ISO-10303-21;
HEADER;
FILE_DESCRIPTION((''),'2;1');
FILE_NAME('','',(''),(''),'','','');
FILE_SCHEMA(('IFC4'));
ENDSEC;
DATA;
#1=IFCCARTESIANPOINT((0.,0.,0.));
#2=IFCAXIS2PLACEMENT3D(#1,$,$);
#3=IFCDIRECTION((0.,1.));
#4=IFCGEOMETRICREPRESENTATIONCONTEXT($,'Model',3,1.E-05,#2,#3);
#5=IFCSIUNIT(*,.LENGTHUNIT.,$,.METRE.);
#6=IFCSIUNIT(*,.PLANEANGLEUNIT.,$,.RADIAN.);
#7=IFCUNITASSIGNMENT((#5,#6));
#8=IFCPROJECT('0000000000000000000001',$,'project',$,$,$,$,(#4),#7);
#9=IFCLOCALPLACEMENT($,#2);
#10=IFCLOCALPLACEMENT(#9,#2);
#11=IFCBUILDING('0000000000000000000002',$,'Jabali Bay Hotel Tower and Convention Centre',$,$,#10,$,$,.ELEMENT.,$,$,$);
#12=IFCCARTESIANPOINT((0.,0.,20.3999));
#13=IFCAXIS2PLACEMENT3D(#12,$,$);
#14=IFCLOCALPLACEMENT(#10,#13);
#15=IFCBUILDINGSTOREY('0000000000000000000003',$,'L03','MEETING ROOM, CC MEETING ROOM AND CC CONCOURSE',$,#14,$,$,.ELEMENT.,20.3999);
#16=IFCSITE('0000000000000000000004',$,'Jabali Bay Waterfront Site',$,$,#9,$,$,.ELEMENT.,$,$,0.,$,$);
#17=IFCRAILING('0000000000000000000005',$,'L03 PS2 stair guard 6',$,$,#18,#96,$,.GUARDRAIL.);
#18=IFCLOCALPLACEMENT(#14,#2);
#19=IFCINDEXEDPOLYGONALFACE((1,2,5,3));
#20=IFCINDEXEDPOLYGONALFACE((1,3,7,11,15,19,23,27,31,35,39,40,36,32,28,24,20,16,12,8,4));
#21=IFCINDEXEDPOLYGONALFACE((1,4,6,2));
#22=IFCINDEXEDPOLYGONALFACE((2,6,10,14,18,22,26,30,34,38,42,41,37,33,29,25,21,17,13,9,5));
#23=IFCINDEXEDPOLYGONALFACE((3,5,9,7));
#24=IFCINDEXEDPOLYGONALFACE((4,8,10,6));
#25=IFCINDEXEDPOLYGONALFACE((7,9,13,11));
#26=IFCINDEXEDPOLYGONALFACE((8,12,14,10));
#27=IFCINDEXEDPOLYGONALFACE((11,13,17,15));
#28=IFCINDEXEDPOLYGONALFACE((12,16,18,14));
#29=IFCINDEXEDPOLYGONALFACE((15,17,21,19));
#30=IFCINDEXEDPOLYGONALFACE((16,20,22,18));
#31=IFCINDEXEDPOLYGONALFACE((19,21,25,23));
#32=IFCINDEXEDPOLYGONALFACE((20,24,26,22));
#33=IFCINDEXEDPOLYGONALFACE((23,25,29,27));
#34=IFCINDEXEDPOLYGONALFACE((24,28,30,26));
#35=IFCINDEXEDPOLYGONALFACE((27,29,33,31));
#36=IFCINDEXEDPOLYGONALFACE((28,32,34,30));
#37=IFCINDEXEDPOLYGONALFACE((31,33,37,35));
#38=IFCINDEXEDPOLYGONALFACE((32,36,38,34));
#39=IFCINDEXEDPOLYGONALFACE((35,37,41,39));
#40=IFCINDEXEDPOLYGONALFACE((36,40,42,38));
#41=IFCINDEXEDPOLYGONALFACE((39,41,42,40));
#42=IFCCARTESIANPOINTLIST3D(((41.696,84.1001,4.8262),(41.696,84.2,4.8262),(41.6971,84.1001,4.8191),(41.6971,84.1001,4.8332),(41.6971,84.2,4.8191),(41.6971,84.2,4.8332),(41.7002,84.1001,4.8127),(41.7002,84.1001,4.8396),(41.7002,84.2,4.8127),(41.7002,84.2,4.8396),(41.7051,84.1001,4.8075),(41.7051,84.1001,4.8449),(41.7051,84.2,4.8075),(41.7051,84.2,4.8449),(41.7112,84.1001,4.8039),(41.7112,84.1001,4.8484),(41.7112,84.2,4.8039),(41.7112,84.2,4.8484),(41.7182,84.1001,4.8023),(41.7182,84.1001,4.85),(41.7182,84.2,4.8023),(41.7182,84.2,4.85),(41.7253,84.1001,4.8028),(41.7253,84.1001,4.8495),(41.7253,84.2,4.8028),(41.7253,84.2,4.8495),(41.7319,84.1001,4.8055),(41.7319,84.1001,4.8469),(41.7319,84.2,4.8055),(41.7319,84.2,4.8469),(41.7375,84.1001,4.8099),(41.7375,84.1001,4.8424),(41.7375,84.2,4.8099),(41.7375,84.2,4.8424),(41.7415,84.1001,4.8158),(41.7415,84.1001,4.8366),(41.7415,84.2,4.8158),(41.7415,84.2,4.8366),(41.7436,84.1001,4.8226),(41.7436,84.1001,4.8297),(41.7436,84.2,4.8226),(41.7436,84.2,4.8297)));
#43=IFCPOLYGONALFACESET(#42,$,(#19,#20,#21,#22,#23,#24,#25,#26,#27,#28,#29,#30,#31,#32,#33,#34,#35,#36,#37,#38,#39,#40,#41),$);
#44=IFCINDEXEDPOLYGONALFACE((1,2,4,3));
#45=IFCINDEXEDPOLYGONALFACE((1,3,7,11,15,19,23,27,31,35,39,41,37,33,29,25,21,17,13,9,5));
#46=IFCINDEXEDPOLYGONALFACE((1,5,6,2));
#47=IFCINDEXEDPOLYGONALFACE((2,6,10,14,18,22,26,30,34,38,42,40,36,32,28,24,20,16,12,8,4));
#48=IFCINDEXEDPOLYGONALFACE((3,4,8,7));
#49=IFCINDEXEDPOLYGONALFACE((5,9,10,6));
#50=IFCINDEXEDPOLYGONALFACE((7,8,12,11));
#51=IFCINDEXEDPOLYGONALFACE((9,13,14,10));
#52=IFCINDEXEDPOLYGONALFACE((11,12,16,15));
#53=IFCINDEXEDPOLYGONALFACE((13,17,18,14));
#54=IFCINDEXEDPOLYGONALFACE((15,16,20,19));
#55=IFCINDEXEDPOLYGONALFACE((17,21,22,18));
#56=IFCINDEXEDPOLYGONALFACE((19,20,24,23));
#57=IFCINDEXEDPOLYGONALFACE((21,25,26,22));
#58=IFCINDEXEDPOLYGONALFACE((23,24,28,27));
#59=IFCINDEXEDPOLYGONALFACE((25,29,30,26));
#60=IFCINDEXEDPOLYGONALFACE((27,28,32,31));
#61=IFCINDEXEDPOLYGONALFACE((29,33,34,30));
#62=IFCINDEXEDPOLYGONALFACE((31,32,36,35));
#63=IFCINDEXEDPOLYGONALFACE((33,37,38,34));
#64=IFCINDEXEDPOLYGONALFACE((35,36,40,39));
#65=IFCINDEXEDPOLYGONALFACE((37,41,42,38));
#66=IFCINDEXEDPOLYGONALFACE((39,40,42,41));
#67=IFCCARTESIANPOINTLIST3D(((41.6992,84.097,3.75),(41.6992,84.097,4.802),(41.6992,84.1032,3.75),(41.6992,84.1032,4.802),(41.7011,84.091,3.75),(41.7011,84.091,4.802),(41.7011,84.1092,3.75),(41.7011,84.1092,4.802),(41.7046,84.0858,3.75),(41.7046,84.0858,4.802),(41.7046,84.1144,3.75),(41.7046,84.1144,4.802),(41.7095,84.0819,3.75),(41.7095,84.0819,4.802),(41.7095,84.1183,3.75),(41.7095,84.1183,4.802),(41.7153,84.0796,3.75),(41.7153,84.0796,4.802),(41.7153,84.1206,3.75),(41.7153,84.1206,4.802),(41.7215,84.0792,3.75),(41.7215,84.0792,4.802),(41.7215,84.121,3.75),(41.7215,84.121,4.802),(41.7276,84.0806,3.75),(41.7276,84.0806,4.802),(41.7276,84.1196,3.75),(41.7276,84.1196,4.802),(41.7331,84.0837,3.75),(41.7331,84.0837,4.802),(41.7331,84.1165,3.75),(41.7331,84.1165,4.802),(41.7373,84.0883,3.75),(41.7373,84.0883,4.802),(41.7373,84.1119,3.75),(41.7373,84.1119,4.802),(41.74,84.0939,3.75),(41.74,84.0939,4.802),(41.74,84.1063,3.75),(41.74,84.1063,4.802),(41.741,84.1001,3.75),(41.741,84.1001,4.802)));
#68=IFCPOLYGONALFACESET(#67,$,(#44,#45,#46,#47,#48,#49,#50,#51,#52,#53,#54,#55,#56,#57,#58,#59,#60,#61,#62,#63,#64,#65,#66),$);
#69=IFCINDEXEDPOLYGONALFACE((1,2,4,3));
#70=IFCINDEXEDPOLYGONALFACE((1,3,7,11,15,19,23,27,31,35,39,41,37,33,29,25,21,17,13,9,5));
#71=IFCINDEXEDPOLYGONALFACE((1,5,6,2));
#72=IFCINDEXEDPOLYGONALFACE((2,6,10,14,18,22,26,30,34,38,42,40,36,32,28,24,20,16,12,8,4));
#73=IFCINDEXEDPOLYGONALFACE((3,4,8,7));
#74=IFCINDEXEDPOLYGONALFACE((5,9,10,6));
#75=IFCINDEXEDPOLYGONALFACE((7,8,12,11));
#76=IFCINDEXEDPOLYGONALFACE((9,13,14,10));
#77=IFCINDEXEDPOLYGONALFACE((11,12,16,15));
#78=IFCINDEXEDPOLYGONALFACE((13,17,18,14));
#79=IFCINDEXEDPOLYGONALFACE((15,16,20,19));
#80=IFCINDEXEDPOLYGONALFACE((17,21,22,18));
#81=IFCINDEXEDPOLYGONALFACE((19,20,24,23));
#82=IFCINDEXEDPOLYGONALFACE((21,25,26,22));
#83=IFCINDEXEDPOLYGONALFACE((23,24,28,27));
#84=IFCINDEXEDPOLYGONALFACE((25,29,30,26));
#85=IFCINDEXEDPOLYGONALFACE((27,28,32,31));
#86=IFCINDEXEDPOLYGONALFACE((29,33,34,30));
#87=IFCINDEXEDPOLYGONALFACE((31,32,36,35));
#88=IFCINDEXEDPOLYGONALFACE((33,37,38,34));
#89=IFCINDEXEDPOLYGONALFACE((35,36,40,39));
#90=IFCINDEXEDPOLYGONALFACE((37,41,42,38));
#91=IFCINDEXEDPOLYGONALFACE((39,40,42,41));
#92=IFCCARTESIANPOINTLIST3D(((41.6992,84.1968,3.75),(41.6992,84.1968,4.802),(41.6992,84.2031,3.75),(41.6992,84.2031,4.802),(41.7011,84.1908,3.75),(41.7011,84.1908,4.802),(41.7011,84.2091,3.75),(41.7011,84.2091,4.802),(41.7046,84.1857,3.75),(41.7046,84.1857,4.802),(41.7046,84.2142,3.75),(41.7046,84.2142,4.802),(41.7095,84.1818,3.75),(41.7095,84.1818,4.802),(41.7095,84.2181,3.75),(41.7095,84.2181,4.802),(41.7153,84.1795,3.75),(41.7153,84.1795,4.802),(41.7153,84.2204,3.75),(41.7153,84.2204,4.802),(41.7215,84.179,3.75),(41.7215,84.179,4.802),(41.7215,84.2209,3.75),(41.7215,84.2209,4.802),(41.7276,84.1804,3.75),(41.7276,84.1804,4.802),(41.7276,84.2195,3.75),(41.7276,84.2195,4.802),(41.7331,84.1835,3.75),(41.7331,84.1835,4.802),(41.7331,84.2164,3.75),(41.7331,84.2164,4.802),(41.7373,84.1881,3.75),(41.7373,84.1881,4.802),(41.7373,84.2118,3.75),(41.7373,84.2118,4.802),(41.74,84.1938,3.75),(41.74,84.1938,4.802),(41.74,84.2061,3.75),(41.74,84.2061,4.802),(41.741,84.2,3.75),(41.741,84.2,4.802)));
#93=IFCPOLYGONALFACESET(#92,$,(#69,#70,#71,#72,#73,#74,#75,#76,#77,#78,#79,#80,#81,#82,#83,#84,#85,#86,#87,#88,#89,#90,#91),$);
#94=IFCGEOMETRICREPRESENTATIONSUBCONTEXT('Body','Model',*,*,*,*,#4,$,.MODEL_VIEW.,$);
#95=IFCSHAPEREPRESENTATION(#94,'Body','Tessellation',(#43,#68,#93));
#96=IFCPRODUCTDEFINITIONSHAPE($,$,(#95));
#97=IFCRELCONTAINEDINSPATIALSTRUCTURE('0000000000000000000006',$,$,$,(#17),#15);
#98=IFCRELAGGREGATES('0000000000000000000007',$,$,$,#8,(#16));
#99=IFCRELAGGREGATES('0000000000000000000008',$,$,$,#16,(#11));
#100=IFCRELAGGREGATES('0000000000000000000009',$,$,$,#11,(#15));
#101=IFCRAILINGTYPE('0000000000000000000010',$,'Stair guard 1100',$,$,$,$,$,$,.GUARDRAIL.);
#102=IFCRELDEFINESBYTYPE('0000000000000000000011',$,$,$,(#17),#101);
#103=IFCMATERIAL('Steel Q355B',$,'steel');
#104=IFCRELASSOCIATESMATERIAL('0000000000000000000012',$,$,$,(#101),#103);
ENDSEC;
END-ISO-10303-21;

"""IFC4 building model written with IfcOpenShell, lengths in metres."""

from ifc_helpers import new_model, si_unit, direction, frame, origin, origin_2d, place, context, subcontext, project, spatial, circle, extrude, material, type_object, element, save


model = new_model("IFC4")

# Units and contexts
model_context = context("Model", 3, precision=1e-05, world=origin(), true_north=direction((0.0, 1.0)))
body_context = subcontext(model_context, "Body", "Model", "MODEL_VIEW")
ifc_project = project(units=[si_unit("LENGTHUNIT", "METRE"), si_unit("PLANEANGLEUNIT", "RADIAN")], contexts=[model_context])

# Site, building, storey
site_placement = place(None, origin())
site = spatial("IfcSite", under=ifc_project, at=site_placement, Name="Jabali Bay Waterfront Site", CompositionType="ELEMENT", RefElevation=0.0)
building_placement = place(site_placement, origin())
building = spatial("IfcBuilding", under=site, at=building_placement, Name="Jabali Bay Hotel Tower and Convention Centre", CompositionType="ELEMENT")
storey_placement = place(building_placement, frame((0.0, 0.0, 20.3999)))
storey = spatial("IfcBuildingStorey", under=building, at=storey_placement, Name="L03", Description="MEETING ROOM, CC MEETING ROOM AND CC CONCOURSE", CompositionType="ELEMENT", Elevation=20.3999)

# Railing
ifc_material_1 = material(Name="Steel Q355B", Category="steel")
railing_type_1 = type_object("IfcRailingType", Name="Stair guard 1100", PredefinedType="GUARDRAIL", material=ifc_material_1)
for number, where, name in (
    (1, (41.72, 84.1001, 3.75), "L03 PS2 stair guard 6"),
):
    element("IfcRailing", number, at=place(storey_placement, frame(where)), inside=storey, type_object=railing_type_1, Name=name, PredefinedType="GUARDRAIL", context=body_context, shape_type="SweptSolid", body=[
        extrude(circle(Radius=0.0239, at=origin_2d()), frame((0.0, 0.0, 1.0762), z_axis=(0.0, 1.0, 0.0), x_axis=(-1.0, 0.0, 0.0)), (0.0, 0.0, 1.0), 0.0999),
        extrude(circle(Radius=0.021, at=origin_2d()), origin(), (0.0, 0.0, 1.0), 1.052),
        extrude(circle(Radius=0.021, at=origin_2d()), frame((0.0, 0.0999, 0.0)), (0.0, 0.0, 1.0), 1.052),
    ])

save(model, "model.ifc")
